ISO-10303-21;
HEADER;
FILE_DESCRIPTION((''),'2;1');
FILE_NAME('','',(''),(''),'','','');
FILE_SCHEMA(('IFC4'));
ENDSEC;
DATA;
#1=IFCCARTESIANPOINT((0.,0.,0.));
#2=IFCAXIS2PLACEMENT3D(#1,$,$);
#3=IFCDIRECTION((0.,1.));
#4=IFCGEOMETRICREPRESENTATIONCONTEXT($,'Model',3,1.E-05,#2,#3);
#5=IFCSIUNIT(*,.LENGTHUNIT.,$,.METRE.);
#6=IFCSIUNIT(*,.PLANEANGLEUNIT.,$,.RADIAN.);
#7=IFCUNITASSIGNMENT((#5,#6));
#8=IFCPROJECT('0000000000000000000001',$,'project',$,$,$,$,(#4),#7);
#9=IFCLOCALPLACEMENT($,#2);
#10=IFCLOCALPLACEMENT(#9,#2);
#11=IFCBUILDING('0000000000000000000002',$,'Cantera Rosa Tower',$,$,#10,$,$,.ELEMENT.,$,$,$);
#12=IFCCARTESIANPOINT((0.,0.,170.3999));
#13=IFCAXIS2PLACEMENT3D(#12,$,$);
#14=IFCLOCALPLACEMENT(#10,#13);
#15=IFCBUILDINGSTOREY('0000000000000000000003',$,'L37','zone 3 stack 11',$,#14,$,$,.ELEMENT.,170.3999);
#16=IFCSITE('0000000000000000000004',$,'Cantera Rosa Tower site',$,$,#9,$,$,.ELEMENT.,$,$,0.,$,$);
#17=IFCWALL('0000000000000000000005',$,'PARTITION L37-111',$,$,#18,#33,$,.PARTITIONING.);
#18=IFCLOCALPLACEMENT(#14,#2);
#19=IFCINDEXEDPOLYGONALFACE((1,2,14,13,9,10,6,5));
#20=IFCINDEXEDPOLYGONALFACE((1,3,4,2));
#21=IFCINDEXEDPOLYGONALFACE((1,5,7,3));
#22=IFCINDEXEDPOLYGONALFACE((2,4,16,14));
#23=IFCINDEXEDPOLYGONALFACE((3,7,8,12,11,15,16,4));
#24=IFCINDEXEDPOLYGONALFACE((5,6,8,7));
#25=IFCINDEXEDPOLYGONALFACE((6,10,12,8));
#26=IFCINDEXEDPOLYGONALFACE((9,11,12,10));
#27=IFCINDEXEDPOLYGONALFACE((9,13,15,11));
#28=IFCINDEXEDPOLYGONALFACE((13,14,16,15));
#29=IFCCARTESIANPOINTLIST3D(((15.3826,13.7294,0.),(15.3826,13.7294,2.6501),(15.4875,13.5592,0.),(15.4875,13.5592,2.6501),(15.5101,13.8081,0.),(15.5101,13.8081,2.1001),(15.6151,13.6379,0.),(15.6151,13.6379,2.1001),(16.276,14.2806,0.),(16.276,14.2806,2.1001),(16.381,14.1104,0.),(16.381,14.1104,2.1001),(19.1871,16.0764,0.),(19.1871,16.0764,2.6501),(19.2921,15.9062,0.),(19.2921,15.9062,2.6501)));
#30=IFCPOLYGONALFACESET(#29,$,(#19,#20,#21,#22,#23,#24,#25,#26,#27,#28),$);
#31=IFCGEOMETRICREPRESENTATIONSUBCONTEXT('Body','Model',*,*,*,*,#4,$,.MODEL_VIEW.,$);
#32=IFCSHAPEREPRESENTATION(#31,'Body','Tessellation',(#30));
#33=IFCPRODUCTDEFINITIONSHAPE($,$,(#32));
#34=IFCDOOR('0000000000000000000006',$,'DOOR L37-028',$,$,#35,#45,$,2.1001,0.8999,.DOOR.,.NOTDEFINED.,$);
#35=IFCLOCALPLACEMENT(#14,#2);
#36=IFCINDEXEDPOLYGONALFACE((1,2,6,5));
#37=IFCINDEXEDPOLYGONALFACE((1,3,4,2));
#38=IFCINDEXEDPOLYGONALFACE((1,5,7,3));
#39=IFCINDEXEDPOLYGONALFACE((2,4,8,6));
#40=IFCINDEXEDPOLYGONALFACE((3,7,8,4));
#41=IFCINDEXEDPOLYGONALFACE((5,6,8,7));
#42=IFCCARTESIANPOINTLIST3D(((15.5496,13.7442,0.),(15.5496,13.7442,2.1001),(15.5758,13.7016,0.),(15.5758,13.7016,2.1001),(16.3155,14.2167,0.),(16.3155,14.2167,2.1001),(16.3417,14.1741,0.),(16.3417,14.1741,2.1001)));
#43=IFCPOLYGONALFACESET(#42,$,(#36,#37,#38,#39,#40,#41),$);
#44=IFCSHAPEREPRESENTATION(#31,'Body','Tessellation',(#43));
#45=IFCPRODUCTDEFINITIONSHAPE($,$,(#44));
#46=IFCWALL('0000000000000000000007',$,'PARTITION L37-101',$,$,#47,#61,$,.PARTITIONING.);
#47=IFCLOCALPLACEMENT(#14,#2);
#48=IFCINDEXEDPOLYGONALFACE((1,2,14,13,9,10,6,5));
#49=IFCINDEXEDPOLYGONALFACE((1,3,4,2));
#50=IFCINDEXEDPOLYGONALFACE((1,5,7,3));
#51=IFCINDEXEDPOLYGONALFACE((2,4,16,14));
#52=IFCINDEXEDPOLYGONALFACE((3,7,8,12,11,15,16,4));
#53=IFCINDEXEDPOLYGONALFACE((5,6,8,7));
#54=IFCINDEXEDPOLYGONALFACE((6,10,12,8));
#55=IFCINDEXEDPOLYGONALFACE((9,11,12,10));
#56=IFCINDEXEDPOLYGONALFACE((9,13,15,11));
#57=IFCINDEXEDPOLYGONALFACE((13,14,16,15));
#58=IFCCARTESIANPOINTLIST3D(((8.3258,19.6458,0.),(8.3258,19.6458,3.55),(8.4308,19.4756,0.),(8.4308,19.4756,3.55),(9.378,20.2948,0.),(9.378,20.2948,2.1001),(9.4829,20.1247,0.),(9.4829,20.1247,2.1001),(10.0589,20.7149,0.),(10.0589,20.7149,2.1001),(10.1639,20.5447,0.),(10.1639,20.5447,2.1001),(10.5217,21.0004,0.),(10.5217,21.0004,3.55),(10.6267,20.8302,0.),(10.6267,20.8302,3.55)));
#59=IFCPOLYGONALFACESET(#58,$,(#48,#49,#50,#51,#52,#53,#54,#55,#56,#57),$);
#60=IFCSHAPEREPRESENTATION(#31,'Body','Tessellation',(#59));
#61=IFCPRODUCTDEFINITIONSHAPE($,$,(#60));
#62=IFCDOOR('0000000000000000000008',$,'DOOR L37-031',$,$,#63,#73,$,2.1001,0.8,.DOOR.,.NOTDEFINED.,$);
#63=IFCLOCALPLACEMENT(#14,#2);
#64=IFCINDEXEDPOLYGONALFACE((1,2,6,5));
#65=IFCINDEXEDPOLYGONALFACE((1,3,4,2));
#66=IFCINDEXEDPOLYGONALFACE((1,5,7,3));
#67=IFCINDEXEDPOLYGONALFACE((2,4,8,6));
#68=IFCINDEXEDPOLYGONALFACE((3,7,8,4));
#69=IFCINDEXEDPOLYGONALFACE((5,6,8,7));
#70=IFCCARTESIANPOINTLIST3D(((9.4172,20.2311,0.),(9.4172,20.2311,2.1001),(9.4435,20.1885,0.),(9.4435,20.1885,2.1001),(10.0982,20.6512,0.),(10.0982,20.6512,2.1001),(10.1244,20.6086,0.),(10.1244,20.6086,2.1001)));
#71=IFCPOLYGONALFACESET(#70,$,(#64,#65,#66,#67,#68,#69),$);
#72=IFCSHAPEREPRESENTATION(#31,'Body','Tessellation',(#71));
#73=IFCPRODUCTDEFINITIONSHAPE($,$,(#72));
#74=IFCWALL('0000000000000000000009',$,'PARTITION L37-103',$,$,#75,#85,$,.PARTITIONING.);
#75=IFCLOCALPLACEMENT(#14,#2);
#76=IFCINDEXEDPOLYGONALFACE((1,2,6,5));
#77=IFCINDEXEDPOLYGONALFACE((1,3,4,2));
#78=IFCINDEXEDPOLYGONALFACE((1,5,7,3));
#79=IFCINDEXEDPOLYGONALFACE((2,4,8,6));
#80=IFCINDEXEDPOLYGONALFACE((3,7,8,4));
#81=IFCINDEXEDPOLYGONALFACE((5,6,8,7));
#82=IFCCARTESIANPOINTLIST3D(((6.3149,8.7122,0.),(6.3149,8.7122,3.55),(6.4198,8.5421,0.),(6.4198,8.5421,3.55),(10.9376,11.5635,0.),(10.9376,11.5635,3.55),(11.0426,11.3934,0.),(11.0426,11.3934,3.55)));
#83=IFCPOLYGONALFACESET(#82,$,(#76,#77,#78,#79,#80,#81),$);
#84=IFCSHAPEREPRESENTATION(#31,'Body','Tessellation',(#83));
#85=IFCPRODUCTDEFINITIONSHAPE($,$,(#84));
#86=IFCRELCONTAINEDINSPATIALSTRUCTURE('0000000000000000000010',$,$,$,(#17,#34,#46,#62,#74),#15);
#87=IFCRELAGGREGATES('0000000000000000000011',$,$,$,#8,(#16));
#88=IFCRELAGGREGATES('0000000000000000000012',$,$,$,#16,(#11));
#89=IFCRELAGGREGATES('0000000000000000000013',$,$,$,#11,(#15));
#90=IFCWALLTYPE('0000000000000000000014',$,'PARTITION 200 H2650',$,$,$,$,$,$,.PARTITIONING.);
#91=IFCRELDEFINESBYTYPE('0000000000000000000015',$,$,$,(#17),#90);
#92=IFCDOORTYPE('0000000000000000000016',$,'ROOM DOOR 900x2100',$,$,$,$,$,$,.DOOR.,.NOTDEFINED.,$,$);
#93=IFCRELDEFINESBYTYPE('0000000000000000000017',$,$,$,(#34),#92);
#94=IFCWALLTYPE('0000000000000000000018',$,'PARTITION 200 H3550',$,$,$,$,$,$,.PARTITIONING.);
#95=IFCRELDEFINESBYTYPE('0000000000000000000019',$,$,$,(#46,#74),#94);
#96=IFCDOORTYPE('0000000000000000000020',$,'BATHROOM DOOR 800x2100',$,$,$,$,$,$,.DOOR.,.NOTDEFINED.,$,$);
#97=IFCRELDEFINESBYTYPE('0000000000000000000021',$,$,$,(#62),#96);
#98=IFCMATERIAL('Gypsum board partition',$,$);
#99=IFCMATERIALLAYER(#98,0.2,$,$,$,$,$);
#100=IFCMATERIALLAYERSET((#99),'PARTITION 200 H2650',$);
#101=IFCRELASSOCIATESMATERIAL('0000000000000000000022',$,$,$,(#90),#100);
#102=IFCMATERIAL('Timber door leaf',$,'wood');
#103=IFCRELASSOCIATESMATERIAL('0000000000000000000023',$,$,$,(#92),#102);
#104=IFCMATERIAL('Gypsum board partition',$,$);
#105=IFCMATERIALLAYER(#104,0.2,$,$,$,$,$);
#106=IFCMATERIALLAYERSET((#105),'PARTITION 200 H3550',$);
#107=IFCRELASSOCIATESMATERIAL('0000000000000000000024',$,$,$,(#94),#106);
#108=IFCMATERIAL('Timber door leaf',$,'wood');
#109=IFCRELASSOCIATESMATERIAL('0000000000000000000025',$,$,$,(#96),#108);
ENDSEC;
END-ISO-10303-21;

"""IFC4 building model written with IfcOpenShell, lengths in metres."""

from ifc_helpers import new_model, si_unit, direction, frame, frame_2d, origin, place, context, subcontext, project, spatial, rectangle, extrude, material, layer, layer_set, type_object, element, fill, save


model = new_model("IFC4")

# Units and contexts
model_context = context("Model", 3, precision=1e-05, world=origin(), true_north=direction((0.0, 1.0)))
body_context = subcontext(model_context, "Body", "Model", "MODEL_VIEW")
ifc_project = project(units=[si_unit("LENGTHUNIT", "METRE"), si_unit("PLANEANGLEUNIT", "RADIAN")], contexts=[model_context])

# Site, building, storey
site_placement = place(None, origin())
site = spatial("IfcSite", under=ifc_project, at=site_placement, Name="Cantera Rosa Tower site", CompositionType="ELEMENT", RefElevation=0.0)
building_placement = place(site_placement, origin())
building = spatial("IfcBuilding", under=site, at=building_placement, Name="Cantera Rosa Tower", CompositionType="ELEMENT")
storey_placement = place(building_placement, frame((0.0, 0.0, 170.3999)))
storey = spatial("IfcBuildingStorey", under=building, at=storey_placement, Name="L37", Description="zone 3 stack 11", CompositionType="ELEMENT", Elevation=170.3999)

# Walls, openings, doors
ifc_material_1 = material(Name="Gypsum board partition")
ifc_layer_1 = layer(ifc_material_1, 0.2)
ifc_layer_set_1 = layer_set([ifc_layer_1], Name="PARTITION 200 H2650")
wall_type_1 = type_object("IfcWallType", Name="PARTITION 200 H2650", PredefinedType="PARTITIONING", material=ifc_layer_set_1)
wall_1_placement = place(storey_placement, frame((15.4351, 13.6443, 0.0), z_axis=(0.0, 0.0, 1.0), x_axis=(0.851086, 0.525027, 0.0)))
wall_1 = element("IfcWall", 1, at=wall_1_placement, inside=storey, type_object=wall_type_1, Name="PARTITION L37-111", PredefinedType="PARTITIONING", context=body_context, shape_type="SweptSolid", body=[
    extrude(rectangle(XDim=4.4702, YDim=0.2, at=frame_2d((2.2351, 0.0))), origin(), (0.0, 0.0, 1.0), 2.6501),
])
opening_1_placement = place(wall_1_placement, frame((0.1499, 0.0, 0.0)))
opening_1 = element("IfcOpeningElement", 2, at=opening_1_placement, cuts=wall_1, PredefinedType="OPENING", context=body_context, shape_type="SweptSolid", body=[
    extrude(rectangle(XDim=0.8999, YDim=2.1001, at=frame_2d((0.45, 1.05))), frame((0.0, 0.1099, 0.0), z_axis=(0.0, -1.0, 0.0), x_axis=(1.0, 0.0, 0.0)), (0.0, 0.0, 1.0), 0.22),
])
ifc_material_2 = material(Name="Timber door leaf", Category="wood")
door_type_1 = type_object("IfcDoorType", Name="ROOM DOOR 900x2100", OperationType="NOTDEFINED", PredefinedType="DOOR", material=ifc_material_2)
door_1_placement = place(opening_1_placement, origin())
door_1 = element("IfcDoor", 3, at=door_1_placement, inside=storey, type_object=door_type_1, Name="DOOR L37-028", OperationType="NOTDEFINED", OverallHeight=2.1001, OverallWidth=0.8999, PredefinedType="DOOR", context=body_context, shape_type="SweptSolid", body=[
    extrude(rectangle(XDim=0.8999, YDim=2.1001, at=frame_2d((0.45, 1.05))), frame((0.0, 0.0249, 0.0), z_axis=(0.0, -1.0, 0.0), x_axis=(1.0, 0.0, 0.0)), (0.0, 0.0, 1.0), 0.05),
])
fill(opening_1, door_1)
ifc_material_3 = material(Name="Gypsum board partition")
ifc_layer_2 = layer(ifc_material_3, 0.2)
ifc_layer_set_2 = layer_set([ifc_layer_2], Name="PARTITION 200 H3550")
wall_type_2 = type_object("IfcWallType", Name="PARTITION 200 H3550", PredefinedType="PARTITIONING", material=ifc_layer_set_2)
wall_2_placement = place(storey_placement, frame((10.5742, 20.9153, 0.0), z_axis=(0.0, 0.0, 1.0), x_axis=(-0.851099, -0.525005, 0.0)))
wall_2 = element("IfcWall", 4, at=wall_2_placement, inside=storey, type_object=wall_type_2, Name="PARTITION L37-101", PredefinedType="PARTITIONING", context=body_context, shape_type="SweptSolid", body=[
    extrude(rectangle(XDim=2.5801, YDim=0.2, at=frame_2d((1.29, 0.0))), origin(), (0.0, 0.0, 1.0), 3.55),
])
opening_2_placement = place(wall_2_placement, frame((0.5439, 0.0, 0.0)))
opening_2 = element("IfcOpeningElement", 5, at=opening_2_placement, cuts=wall_2, PredefinedType="OPENING", context=body_context, shape_type="SweptSolid", body=[
    extrude(rectangle(XDim=0.8, YDim=2.1001, at=frame_2d((0.3999, 1.05))), frame((0.0, 0.1099, 0.0), z_axis=(0.0, -1.0, 0.0), x_axis=(1.0, 0.0, 0.0)), (0.0, 0.0, 1.0), 0.22),
])
ifc_material_4 = material(Name="Timber door leaf", Category="wood")
door_type_2 = type_object("IfcDoorType", Name="BATHROOM DOOR 800x2100", OperationType="NOTDEFINED", PredefinedType="DOOR", material=ifc_material_4)
door_2_placement = place(opening_2_placement, origin())
door_2 = element("IfcDoor", 6, at=door_2_placement, inside=storey, type_object=door_type_2, Name="DOOR L37-031", OperationType="NOTDEFINED", OverallHeight=2.1001, OverallWidth=0.8, PredefinedType="DOOR", context=body_context, shape_type="SweptSolid", body=[
    extrude(rectangle(XDim=0.8, YDim=2.1001, at=frame_2d((0.3999, 1.05))), frame((0.0, 0.0249, 0.0), z_axis=(0.0, -1.0, 0.0), x_axis=(1.0, 0.0, 0.0)), (0.0, 0.0, 1.0), 0.05),
])
fill(opening_2, door_2)

# Wall
wall_3_placement = place(storey_placement, frame((10.9902, 11.4785, 0.0), z_axis=(0.0, 0.0, 1.0), x_axis=(-0.851122, -0.524967, 0.0)))
element("IfcWall", 7, at=wall_3_placement, inside=storey, type_object=wall_type_2, Name="PARTITION L37-103", PredefinedType="PARTITIONING", context=body_context, shape_type="SweptSolid", body=[
    extrude(rectangle(XDim=5.4314, YDim=0.2, at=frame_2d((2.7158, 0.0))), origin(), (0.0, 0.0, 1.0), 3.55),
])

save(model, "model.ifc")
